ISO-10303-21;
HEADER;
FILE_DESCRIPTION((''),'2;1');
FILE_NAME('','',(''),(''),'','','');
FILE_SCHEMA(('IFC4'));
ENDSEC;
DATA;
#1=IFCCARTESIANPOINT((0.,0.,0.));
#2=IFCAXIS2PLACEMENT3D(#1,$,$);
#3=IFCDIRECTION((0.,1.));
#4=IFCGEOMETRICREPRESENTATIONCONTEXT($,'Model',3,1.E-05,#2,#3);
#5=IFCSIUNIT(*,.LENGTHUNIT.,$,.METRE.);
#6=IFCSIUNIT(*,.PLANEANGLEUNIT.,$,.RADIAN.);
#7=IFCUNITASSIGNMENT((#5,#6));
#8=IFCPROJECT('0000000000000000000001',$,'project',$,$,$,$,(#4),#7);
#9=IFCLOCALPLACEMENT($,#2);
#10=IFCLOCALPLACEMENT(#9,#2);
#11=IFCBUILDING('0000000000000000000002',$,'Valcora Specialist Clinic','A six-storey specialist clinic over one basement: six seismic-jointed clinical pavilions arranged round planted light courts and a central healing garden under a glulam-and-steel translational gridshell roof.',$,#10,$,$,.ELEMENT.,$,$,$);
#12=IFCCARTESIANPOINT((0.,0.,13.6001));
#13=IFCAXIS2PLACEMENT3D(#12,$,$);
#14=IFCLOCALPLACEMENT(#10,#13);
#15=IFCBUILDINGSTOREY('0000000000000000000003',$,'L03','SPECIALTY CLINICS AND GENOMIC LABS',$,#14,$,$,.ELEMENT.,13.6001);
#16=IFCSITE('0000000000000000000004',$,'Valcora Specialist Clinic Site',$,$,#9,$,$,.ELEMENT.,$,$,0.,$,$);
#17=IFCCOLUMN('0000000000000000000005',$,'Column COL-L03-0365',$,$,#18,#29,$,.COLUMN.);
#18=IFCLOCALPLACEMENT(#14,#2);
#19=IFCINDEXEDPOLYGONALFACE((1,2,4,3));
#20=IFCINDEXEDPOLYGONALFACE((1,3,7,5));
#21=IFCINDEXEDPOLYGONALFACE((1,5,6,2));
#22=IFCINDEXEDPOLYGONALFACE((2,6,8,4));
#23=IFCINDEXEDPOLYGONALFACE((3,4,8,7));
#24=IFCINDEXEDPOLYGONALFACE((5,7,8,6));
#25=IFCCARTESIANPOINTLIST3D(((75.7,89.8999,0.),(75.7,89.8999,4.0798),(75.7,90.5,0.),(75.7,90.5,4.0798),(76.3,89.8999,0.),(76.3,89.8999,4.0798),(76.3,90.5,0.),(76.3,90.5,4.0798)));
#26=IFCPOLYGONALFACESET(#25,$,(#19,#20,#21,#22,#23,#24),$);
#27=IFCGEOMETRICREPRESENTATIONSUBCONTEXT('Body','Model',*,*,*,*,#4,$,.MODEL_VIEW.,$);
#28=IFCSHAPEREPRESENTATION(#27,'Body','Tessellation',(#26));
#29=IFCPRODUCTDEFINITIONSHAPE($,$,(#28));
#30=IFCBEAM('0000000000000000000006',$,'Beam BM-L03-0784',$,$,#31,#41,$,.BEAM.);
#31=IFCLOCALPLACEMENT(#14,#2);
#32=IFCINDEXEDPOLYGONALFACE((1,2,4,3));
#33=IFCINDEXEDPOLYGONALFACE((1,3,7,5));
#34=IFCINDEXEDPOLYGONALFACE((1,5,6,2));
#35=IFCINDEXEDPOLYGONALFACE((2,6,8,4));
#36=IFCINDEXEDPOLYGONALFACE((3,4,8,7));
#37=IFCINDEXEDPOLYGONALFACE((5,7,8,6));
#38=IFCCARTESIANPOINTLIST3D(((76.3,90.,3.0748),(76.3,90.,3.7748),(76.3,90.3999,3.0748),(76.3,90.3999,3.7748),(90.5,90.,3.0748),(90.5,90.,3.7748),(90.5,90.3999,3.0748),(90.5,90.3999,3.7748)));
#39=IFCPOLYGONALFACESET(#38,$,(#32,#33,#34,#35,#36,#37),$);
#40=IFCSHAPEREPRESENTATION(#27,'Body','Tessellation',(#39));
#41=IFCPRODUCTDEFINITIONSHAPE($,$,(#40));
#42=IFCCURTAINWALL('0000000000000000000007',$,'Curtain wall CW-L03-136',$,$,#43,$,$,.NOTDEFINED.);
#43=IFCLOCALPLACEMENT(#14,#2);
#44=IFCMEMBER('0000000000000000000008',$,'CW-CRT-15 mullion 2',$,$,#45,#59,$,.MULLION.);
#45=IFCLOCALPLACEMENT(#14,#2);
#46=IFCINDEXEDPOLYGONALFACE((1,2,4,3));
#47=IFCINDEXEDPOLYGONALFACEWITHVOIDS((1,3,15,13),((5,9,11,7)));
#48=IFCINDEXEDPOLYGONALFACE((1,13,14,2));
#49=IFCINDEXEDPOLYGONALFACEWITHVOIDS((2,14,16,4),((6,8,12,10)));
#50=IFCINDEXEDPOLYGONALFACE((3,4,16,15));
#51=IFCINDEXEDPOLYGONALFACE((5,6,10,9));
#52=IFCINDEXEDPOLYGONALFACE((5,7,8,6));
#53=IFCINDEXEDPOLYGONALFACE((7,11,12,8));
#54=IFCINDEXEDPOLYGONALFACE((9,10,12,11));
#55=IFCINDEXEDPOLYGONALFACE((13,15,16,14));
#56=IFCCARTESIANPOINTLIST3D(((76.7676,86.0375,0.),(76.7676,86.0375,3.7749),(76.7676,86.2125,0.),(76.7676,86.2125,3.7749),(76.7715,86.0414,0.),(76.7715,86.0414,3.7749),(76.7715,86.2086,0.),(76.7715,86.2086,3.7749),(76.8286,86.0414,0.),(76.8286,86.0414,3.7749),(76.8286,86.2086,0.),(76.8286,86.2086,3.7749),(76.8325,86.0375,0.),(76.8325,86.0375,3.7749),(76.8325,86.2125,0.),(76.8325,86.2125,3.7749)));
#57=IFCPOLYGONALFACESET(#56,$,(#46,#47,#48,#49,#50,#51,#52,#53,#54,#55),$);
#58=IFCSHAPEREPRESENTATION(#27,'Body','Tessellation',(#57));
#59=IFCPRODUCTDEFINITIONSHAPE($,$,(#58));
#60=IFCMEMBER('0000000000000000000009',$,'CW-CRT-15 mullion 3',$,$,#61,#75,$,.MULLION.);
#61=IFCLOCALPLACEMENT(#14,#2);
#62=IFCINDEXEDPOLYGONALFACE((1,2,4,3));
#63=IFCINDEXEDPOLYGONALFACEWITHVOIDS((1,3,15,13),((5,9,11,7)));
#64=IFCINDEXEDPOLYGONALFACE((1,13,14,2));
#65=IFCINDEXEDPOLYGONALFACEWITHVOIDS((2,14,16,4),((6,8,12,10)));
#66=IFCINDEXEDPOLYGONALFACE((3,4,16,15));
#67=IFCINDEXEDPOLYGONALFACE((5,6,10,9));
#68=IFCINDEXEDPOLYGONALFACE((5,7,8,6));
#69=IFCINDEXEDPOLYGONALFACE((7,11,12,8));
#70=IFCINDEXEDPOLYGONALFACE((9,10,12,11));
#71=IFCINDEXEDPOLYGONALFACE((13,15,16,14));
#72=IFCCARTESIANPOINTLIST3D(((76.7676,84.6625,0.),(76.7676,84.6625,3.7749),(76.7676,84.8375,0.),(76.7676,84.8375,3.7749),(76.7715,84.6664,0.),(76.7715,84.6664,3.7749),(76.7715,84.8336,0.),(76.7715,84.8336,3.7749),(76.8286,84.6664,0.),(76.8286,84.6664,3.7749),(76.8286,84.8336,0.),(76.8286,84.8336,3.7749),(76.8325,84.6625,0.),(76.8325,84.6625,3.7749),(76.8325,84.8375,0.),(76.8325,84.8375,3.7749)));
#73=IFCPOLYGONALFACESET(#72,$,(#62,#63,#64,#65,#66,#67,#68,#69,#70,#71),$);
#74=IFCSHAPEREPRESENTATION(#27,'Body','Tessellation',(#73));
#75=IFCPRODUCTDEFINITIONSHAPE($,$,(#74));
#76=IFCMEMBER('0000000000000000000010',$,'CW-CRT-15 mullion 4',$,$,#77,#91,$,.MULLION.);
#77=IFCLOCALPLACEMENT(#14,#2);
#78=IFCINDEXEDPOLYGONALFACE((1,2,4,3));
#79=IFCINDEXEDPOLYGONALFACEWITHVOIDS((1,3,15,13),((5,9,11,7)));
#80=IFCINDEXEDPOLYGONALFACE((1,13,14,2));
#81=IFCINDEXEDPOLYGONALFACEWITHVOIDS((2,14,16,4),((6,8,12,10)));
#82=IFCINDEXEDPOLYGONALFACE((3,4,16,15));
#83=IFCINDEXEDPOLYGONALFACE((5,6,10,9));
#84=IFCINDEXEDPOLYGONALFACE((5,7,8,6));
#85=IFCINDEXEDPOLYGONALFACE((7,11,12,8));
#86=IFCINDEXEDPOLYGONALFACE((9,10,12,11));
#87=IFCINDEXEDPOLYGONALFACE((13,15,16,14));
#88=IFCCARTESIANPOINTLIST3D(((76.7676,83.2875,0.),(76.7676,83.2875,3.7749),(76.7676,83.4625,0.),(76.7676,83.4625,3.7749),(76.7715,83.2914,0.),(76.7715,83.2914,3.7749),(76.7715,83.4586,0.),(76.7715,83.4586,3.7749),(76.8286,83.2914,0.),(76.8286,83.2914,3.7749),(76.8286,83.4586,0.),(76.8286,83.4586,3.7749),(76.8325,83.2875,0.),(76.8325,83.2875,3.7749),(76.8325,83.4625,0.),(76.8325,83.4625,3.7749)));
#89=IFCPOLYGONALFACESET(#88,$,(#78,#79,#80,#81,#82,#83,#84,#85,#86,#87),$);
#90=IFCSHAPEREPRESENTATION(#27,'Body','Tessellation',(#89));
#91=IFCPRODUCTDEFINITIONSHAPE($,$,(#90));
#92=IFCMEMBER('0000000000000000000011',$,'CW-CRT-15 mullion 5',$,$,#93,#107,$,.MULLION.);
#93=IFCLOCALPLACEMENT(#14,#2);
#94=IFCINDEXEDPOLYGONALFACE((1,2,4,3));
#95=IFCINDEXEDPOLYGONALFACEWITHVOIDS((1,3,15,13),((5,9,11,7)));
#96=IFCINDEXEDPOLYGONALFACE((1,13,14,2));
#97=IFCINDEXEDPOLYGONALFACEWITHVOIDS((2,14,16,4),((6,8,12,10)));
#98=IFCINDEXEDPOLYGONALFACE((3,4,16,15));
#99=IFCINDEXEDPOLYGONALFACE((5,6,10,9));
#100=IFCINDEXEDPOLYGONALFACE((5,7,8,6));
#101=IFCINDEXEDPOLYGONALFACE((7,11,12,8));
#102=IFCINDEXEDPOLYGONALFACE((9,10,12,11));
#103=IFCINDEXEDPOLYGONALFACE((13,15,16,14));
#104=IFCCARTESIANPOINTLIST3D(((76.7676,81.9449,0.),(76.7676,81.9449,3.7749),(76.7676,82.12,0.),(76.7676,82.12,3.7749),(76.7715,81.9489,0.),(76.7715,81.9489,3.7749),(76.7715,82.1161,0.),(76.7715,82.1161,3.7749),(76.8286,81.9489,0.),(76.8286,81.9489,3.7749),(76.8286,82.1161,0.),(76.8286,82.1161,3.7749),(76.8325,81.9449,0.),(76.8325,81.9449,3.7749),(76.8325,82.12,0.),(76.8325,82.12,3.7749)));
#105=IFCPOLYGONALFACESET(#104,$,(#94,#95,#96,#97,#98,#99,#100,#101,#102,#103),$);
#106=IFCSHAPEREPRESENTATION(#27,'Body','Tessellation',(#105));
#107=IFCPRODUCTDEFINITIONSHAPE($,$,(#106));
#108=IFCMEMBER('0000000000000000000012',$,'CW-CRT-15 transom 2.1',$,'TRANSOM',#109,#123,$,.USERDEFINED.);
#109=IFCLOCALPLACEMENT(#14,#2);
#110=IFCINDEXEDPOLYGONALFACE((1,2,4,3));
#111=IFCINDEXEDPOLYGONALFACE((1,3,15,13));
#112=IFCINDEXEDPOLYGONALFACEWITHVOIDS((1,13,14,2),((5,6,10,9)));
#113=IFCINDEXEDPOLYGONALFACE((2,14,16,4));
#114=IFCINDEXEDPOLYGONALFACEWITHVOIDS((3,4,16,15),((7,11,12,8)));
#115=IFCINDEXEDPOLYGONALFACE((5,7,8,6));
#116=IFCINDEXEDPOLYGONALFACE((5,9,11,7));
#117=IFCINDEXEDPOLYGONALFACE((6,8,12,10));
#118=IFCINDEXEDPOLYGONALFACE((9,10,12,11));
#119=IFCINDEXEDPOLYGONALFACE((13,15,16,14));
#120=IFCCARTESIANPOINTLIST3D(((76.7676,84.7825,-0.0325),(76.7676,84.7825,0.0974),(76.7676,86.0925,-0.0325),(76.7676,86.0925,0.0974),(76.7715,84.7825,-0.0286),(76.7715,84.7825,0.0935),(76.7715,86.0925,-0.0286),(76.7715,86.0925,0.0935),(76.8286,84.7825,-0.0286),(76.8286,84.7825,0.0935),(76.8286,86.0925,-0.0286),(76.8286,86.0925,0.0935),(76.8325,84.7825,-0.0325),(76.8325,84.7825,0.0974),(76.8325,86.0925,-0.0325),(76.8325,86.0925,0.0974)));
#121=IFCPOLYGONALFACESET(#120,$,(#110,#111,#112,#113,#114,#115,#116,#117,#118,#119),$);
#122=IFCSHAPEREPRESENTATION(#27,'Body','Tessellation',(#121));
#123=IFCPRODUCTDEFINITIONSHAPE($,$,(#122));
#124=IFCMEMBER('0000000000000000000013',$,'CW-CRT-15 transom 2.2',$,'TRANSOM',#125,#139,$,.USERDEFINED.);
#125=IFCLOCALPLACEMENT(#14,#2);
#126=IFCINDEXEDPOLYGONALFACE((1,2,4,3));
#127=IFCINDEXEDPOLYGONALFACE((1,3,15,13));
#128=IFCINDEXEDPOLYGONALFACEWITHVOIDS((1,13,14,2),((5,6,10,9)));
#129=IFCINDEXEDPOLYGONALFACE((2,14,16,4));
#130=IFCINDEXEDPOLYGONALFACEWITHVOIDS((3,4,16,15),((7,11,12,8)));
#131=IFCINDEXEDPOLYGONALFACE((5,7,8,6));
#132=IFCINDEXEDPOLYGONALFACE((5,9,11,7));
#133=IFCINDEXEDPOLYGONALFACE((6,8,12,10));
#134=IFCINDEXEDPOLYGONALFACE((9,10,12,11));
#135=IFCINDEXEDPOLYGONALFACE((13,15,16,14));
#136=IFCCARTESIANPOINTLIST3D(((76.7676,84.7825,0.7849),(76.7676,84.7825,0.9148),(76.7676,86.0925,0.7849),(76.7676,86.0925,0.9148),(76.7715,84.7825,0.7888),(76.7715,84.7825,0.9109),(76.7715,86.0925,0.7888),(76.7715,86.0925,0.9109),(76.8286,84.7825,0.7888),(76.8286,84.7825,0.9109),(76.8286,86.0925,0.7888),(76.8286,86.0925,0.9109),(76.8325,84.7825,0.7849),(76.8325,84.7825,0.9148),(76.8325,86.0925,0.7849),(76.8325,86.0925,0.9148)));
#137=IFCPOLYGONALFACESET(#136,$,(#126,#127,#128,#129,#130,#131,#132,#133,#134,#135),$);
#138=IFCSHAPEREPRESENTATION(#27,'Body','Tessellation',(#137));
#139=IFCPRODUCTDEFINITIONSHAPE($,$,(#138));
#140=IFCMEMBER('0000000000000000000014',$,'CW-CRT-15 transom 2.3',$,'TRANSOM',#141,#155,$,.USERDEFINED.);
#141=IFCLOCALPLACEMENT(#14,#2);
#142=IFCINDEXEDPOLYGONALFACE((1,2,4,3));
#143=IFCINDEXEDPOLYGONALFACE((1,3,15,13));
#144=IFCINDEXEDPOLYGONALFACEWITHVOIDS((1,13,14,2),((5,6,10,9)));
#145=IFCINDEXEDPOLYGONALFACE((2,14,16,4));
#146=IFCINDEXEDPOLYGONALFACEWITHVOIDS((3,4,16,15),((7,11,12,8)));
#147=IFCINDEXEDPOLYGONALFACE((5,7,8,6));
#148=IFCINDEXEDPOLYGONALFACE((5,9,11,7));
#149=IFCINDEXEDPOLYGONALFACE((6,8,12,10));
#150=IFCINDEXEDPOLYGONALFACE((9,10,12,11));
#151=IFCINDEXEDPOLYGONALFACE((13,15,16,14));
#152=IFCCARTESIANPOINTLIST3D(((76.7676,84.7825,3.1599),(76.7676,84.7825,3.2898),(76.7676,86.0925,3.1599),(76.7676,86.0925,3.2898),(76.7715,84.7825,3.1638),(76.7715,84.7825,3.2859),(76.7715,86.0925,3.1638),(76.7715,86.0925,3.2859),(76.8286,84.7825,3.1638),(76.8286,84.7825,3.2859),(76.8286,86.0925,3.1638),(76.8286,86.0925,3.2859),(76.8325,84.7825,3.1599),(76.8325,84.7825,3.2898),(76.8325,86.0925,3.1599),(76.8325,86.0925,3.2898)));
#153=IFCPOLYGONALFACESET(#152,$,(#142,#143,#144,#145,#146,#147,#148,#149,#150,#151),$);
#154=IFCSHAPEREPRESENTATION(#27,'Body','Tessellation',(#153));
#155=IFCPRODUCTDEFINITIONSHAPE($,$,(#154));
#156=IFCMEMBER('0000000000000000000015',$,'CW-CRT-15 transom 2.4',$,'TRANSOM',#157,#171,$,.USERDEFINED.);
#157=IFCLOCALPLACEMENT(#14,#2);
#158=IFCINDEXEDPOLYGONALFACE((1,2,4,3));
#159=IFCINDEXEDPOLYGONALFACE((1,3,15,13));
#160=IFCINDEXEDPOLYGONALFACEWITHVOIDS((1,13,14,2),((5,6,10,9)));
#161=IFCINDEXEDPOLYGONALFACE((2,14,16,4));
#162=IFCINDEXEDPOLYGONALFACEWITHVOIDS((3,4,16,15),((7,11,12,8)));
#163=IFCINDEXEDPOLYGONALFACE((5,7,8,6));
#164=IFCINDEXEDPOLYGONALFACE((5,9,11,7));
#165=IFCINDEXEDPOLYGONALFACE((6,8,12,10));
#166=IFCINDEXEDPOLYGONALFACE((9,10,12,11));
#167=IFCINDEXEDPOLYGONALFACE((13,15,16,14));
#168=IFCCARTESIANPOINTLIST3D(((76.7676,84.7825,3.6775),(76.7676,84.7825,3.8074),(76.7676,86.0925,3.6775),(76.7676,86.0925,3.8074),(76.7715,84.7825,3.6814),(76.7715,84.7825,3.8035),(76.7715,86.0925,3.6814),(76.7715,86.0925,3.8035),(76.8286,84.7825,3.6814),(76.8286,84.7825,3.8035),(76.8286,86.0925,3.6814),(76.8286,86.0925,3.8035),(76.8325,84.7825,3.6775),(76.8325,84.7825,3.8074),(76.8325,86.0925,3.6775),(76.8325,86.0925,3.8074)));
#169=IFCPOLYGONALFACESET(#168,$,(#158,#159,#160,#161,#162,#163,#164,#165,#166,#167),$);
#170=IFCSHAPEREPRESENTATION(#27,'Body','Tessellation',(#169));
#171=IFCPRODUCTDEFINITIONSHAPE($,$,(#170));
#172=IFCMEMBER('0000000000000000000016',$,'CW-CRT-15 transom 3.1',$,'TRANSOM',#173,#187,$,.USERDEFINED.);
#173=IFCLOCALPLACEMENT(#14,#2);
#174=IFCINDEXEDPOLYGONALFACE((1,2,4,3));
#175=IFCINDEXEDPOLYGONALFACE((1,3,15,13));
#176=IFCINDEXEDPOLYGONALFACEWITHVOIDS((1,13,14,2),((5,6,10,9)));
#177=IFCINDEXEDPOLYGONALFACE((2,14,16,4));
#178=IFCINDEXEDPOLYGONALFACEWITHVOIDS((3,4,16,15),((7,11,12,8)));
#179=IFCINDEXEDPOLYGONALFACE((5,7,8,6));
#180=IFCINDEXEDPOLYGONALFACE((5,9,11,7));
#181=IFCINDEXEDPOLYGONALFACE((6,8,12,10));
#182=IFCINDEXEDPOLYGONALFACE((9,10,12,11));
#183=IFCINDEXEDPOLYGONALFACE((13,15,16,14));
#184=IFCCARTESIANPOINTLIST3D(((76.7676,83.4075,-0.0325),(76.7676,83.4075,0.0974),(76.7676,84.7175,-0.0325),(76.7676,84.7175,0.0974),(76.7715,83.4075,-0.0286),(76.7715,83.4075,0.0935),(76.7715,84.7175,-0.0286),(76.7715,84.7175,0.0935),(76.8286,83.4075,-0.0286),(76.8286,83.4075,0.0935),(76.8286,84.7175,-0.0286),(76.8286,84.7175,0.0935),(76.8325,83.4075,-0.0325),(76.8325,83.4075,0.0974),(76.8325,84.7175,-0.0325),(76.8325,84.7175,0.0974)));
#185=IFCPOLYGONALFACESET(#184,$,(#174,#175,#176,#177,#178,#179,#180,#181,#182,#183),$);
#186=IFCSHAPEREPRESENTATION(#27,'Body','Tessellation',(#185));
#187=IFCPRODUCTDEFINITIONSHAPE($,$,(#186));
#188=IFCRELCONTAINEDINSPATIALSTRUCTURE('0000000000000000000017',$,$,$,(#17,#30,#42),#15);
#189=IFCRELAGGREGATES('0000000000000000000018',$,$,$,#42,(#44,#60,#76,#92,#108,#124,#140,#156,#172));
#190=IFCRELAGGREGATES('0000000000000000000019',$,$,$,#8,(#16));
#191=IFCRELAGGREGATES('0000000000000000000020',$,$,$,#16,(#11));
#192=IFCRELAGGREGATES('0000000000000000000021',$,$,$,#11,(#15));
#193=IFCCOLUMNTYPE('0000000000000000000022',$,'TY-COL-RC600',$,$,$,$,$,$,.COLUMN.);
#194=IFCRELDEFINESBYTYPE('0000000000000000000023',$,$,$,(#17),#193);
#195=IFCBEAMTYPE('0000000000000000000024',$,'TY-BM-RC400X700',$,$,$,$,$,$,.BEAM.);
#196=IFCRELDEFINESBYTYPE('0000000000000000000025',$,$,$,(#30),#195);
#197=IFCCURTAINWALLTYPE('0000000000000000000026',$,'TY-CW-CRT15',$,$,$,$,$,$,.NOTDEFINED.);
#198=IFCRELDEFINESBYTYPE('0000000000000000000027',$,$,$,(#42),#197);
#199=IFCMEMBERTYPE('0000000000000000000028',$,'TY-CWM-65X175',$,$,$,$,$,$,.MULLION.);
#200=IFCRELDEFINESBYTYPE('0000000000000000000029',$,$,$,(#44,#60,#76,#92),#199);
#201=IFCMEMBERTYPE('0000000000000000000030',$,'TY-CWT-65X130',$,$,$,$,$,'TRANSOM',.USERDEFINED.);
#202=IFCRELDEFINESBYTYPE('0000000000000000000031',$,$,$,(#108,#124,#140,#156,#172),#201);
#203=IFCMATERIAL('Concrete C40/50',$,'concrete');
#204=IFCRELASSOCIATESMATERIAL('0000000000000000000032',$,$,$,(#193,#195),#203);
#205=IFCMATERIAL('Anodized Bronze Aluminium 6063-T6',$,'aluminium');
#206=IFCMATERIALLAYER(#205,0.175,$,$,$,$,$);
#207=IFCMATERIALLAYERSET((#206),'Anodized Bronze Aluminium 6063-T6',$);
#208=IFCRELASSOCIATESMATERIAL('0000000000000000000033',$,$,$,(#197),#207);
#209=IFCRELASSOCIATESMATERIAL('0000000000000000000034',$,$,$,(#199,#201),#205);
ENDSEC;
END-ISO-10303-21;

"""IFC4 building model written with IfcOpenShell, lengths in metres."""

from ifc_helpers import new_model, si_unit, direction, frame, origin, origin_2d, place, context, subcontext, project, spatial, rectangle, hollow_rectangle, extrude, material, layer, layer_set, material_profile, profile_set, type_object, element, aggregate, save


model = new_model("IFC4")

# Units and contexts
model_context = context("Model", 3, precision=1e-05, world=origin(), true_north=direction((0.0, 1.0)))
body_context = subcontext(model_context, "Body", "Model", "MODEL_VIEW")
ifc_project = project(units=[si_unit("LENGTHUNIT", "METRE"), si_unit("PLANEANGLEUNIT", "RADIAN")], contexts=[model_context])

# Site, building, storey
site_placement = place(None, origin())
site = spatial("IfcSite", under=ifc_project, at=site_placement, Name="Valcora Specialist Clinic Site", CompositionType="ELEMENT", RefElevation=0.0)
building_placement = place(site_placement, origin())
building = spatial("IfcBuilding", under=site, at=building_placement, Name="Valcora Specialist Clinic", Description="A six-storey specialist clinic over one basement: six seismic-jointed clinical pavilions arranged round planted light courts and a central healing garden under a glulam-and-steel translational gridshell roof.", CompositionType="ELEMENT")
storey_placement = place(building_placement, frame((0.0, 0.0, 13.6001)))
storey = spatial("IfcBuildingStorey", under=building, at=storey_placement, Name="L03", Description="SPECIALTY CLINICS AND GENOMIC LABS", CompositionType="ELEMENT", Elevation=13.6001)

# Column
ifc_material_1 = material(Name="Concrete C40/50", Category="concrete")
ifc_material_profile_1 = material_profile(ifc_material_1, rectangle(XDim=0.6001, YDim=0.6001, at=origin_2d()), Name="RC-COL-600X600")
ifc_profile_set_1 = profile_set([ifc_material_profile_1], Name="Concrete C40/50")
column_type = type_object("IfcColumnType", Name="TY-COL-RC600", PredefinedType="COLUMN", material=ifc_profile_set_1)
column_placement = place(storey_placement, frame((76.0, 90.2, 0.0), z_axis=(0.0, 0.0, 1.0), x_axis=(1.0, 0.0, 0.0)))
element("IfcColumn", 1, at=column_placement, inside=storey, type_object=column_type, Name="Column COL-L03-0365", PredefinedType="COLUMN", context=body_context, shape_type="SweptSolid", body=[
    extrude(rectangle(XDim=0.6001, YDim=0.6001, at=origin_2d()), origin(), (0.0, 0.0, 1.0), 4.0798),
])

# Beam
ifc_material_profile_2 = material_profile(ifc_material_1, rectangle(XDim=0.3999, YDim=0.7, at=origin_2d()), Name="RC-BM-400X700")
ifc_profile_set_2 = profile_set([ifc_material_profile_2], Name="Concrete C40/50")
beam_type = type_object("IfcBeamType", Name="TY-BM-RC400X700", PredefinedType="BEAM", material=ifc_profile_set_2)
beam_placement = place(storey_placement, frame((76.3, 90.2, 3.4248), z_axis=(1.0, 0.0, 0.0), x_axis=(0.0, 1.0, 0.0)))
element("IfcBeam", 2, at=beam_placement, inside=storey, type_object=beam_type, Name="Beam BM-L03-0784", PredefinedType="BEAM", context=body_context, shape_type="SweptSolid", body=[
    extrude(rectangle(XDim=0.3999, YDim=0.7, at=origin_2d()), origin(), (0.0, 0.0, 1.0), 14.2),
])

# Curtain wall, members
ifc_material_2 = material(Name="Anodized Bronze Aluminium 6063-T6", Category="aluminium")
ifc_layer_1 = layer(ifc_material_2, 0.175)
ifc_layer_set_1 = layer_set([ifc_layer_1], Name="Anodized Bronze Aluminium 6063-T6")
curtain_wall_type = type_object("IfcCurtainWallType", Name="TY-CW-CRT15", PredefinedType="NOTDEFINED", material=ifc_layer_set_1)
curtain_wall_placement = place(storey_placement, origin())
curtain_wall = element("IfcCurtainWall", 3, at=curtain_wall_placement, inside=storey, type_object=curtain_wall_type, Name="Curtain wall CW-L03-136", PredefinedType="NOTDEFINED")
ifc_material_profile_3 = material_profile(ifc_material_2, hollow_rectangle(XDim=0.0649, YDim=0.175, WallThickness=0.0039, at=origin_2d()), Name="AL-MUL-65X175")
ifc_profile_set_3 = profile_set([ifc_material_profile_3], Name="Anodized Bronze Aluminium 6063-T6")
member_type_1 = type_object("IfcMemberType", Name="TY-CWM-65X175", PredefinedType="MULLION", material=ifc_profile_set_3)
member_1_placement = place(storey_placement, frame((76.8, 86.125, 0.0), z_axis=(0.0, 0.0, 1.0), x_axis=(1.0, 0.0, 0.0)))
member_1 = element("IfcMember", 4, at=member_1_placement, type_object=member_type_1, Name="CW-CRT-15 mullion 2", PredefinedType="MULLION", context=body_context, shape_type="SweptSolid", body=[
    extrude(hollow_rectangle(XDim=0.0649, YDim=0.175, WallThickness=0.0039, at=origin_2d()), origin(), (0.0, 0.0, 1.0), 3.7749),
])
member_2_placement = place(storey_placement, frame((76.8, 84.75, 0.0), z_axis=(0.0, 0.0, 1.0), x_axis=(1.0, 0.0, 0.0)))
member_2 = element("IfcMember", 5, at=member_2_placement, type_object=member_type_1, Name="CW-CRT-15 mullion 3", PredefinedType="MULLION", context=body_context, shape_type="SweptSolid", body=[
    extrude(hollow_rectangle(XDim=0.0649, YDim=0.175, WallThickness=0.0039, at=origin_2d()), origin(), (0.0, 0.0, 1.0), 3.7749),
])
member_3_placement = place(storey_placement, frame((76.8, 83.375, 0.0), z_axis=(0.0, 0.0, 1.0), x_axis=(1.0, 0.0, 0.0)))
member_3 = element("IfcMember", 6, at=member_3_placement, type_object=member_type_1, Name="CW-CRT-15 mullion 4", PredefinedType="MULLION", context=body_context, shape_type="SweptSolid", body=[
    extrude(hollow_rectangle(XDim=0.0649, YDim=0.175, WallThickness=0.0039, at=origin_2d()), origin(), (0.0, 0.0, 1.0), 3.7749),
])
member_4_placement = place(storey_placement, frame((76.8, 82.0325, 0.0), z_axis=(0.0, 0.0, 1.0), x_axis=(1.0, 0.0, 0.0)))
member_4 = element("IfcMember", 7, at=member_4_placement, type_object=member_type_1, Name="CW-CRT-15 mullion 5", PredefinedType="MULLION", context=body_context, shape_type="SweptSolid", body=[
    extrude(hollow_rectangle(XDim=0.0649, YDim=0.175, WallThickness=0.0039, at=origin_2d()), origin(), (0.0, 0.0, 1.0), 3.7749),
])
ifc_material_profile_4 = material_profile(ifc_material_2, hollow_rectangle(XDim=0.0649, YDim=0.1299, WallThickness=0.0039, at=origin_2d()), Name="AL-TRN-65X130")
ifc_profile_set_4 = profile_set([ifc_material_profile_4], Name="Anodized Bronze Aluminium 6063-T6")
member_type_2 = type_object("IfcMemberType", Name="TY-CWT-65X130", ElementType="TRANSOM", PredefinedType="USERDEFINED", material=ifc_profile_set_4)
member_5_placement = place(storey_placement, frame((76.8, 86.0925, 0.0325), z_axis=(0.0, -1.0, 0.0), x_axis=(1.0, 0.0, 0.0)))
member_5 = element("IfcMember", 8, at=member_5_placement, type_object=member_type_2, Name="CW-CRT-15 transom 2.1", ObjectType="TRANSOM", PredefinedType="USERDEFINED", context=body_context, shape_type="SweptSolid", body=[
    extrude(hollow_rectangle(XDim=0.0649, YDim=0.1299, WallThickness=0.0039, at=origin_2d()), origin(), (0.0, 0.0, 1.0), 1.3101),
])
member_6_placement = place(storey_placement, frame((76.8, 86.0925, 0.8499), z_axis=(0.0, -1.0, 0.0), x_axis=(1.0, 0.0, 0.0)))
member_6 = element("IfcMember", 9, at=member_6_placement, type_object=member_type_2, Name="CW-CRT-15 transom 2.2", ObjectType="TRANSOM", PredefinedType="USERDEFINED", context=body_context, shape_type="SweptSolid", body=[
    extrude(hollow_rectangle(XDim=0.0649, YDim=0.1299, WallThickness=0.0039, at=origin_2d()), origin(), (0.0, 0.0, 1.0), 1.3101),
])
member_7_placement = place(storey_placement, frame((76.8, 86.0925, 3.2249), z_axis=(0.0, -1.0, 0.0), x_axis=(1.0, 0.0, 0.0)))
member_7 = element("IfcMember", 10, at=member_7_placement, type_object=member_type_2, Name="CW-CRT-15 transom 2.3", ObjectType="TRANSOM", PredefinedType="USERDEFINED", context=body_context, shape_type="SweptSolid", body=[
    extrude(hollow_rectangle(XDim=0.0649, YDim=0.1299, WallThickness=0.0039, at=origin_2d()), origin(), (0.0, 0.0, 1.0), 1.3101),
])
member_8_placement = place(storey_placement, frame((76.8, 86.0925, 3.7424), z_axis=(0.0, -1.0, 0.0), x_axis=(1.0, 0.0, 0.0)))
member_8 = element("IfcMember", 11, at=member_8_placement, type_object=member_type_2, Name="CW-CRT-15 transom 2.4", ObjectType="TRANSOM", PredefinedType="USERDEFINED", context=body_context, shape_type="SweptSolid", body=[
    extrude(hollow_rectangle(XDim=0.0649, YDim=0.1299, WallThickness=0.0039, at=origin_2d()), origin(), (0.0, 0.0, 1.0), 1.3101),
])
member_9_placement = place(storey_placement, frame((76.8, 84.7175, 0.0325), z_axis=(0.0, -1.0, 0.0), x_axis=(1.0, 0.0, 0.0)))
member_9 = element("IfcMember", 12, at=member_9_placement, type_object=member_type_2, Name="CW-CRT-15 transom 3.1", ObjectType="TRANSOM", PredefinedType="USERDEFINED", context=body_context, shape_type="SweptSolid", body=[
    extrude(hollow_rectangle(XDim=0.0649, YDim=0.1299, WallThickness=0.0039, at=origin_2d()), origin(), (0.0, 0.0, 1.0), 1.3101),
])
aggregate(curtain_wall, [member_1, member_2, member_3, member_4, member_5, member_6, member_7, member_8, member_9])

save(model, "model.ifc")
